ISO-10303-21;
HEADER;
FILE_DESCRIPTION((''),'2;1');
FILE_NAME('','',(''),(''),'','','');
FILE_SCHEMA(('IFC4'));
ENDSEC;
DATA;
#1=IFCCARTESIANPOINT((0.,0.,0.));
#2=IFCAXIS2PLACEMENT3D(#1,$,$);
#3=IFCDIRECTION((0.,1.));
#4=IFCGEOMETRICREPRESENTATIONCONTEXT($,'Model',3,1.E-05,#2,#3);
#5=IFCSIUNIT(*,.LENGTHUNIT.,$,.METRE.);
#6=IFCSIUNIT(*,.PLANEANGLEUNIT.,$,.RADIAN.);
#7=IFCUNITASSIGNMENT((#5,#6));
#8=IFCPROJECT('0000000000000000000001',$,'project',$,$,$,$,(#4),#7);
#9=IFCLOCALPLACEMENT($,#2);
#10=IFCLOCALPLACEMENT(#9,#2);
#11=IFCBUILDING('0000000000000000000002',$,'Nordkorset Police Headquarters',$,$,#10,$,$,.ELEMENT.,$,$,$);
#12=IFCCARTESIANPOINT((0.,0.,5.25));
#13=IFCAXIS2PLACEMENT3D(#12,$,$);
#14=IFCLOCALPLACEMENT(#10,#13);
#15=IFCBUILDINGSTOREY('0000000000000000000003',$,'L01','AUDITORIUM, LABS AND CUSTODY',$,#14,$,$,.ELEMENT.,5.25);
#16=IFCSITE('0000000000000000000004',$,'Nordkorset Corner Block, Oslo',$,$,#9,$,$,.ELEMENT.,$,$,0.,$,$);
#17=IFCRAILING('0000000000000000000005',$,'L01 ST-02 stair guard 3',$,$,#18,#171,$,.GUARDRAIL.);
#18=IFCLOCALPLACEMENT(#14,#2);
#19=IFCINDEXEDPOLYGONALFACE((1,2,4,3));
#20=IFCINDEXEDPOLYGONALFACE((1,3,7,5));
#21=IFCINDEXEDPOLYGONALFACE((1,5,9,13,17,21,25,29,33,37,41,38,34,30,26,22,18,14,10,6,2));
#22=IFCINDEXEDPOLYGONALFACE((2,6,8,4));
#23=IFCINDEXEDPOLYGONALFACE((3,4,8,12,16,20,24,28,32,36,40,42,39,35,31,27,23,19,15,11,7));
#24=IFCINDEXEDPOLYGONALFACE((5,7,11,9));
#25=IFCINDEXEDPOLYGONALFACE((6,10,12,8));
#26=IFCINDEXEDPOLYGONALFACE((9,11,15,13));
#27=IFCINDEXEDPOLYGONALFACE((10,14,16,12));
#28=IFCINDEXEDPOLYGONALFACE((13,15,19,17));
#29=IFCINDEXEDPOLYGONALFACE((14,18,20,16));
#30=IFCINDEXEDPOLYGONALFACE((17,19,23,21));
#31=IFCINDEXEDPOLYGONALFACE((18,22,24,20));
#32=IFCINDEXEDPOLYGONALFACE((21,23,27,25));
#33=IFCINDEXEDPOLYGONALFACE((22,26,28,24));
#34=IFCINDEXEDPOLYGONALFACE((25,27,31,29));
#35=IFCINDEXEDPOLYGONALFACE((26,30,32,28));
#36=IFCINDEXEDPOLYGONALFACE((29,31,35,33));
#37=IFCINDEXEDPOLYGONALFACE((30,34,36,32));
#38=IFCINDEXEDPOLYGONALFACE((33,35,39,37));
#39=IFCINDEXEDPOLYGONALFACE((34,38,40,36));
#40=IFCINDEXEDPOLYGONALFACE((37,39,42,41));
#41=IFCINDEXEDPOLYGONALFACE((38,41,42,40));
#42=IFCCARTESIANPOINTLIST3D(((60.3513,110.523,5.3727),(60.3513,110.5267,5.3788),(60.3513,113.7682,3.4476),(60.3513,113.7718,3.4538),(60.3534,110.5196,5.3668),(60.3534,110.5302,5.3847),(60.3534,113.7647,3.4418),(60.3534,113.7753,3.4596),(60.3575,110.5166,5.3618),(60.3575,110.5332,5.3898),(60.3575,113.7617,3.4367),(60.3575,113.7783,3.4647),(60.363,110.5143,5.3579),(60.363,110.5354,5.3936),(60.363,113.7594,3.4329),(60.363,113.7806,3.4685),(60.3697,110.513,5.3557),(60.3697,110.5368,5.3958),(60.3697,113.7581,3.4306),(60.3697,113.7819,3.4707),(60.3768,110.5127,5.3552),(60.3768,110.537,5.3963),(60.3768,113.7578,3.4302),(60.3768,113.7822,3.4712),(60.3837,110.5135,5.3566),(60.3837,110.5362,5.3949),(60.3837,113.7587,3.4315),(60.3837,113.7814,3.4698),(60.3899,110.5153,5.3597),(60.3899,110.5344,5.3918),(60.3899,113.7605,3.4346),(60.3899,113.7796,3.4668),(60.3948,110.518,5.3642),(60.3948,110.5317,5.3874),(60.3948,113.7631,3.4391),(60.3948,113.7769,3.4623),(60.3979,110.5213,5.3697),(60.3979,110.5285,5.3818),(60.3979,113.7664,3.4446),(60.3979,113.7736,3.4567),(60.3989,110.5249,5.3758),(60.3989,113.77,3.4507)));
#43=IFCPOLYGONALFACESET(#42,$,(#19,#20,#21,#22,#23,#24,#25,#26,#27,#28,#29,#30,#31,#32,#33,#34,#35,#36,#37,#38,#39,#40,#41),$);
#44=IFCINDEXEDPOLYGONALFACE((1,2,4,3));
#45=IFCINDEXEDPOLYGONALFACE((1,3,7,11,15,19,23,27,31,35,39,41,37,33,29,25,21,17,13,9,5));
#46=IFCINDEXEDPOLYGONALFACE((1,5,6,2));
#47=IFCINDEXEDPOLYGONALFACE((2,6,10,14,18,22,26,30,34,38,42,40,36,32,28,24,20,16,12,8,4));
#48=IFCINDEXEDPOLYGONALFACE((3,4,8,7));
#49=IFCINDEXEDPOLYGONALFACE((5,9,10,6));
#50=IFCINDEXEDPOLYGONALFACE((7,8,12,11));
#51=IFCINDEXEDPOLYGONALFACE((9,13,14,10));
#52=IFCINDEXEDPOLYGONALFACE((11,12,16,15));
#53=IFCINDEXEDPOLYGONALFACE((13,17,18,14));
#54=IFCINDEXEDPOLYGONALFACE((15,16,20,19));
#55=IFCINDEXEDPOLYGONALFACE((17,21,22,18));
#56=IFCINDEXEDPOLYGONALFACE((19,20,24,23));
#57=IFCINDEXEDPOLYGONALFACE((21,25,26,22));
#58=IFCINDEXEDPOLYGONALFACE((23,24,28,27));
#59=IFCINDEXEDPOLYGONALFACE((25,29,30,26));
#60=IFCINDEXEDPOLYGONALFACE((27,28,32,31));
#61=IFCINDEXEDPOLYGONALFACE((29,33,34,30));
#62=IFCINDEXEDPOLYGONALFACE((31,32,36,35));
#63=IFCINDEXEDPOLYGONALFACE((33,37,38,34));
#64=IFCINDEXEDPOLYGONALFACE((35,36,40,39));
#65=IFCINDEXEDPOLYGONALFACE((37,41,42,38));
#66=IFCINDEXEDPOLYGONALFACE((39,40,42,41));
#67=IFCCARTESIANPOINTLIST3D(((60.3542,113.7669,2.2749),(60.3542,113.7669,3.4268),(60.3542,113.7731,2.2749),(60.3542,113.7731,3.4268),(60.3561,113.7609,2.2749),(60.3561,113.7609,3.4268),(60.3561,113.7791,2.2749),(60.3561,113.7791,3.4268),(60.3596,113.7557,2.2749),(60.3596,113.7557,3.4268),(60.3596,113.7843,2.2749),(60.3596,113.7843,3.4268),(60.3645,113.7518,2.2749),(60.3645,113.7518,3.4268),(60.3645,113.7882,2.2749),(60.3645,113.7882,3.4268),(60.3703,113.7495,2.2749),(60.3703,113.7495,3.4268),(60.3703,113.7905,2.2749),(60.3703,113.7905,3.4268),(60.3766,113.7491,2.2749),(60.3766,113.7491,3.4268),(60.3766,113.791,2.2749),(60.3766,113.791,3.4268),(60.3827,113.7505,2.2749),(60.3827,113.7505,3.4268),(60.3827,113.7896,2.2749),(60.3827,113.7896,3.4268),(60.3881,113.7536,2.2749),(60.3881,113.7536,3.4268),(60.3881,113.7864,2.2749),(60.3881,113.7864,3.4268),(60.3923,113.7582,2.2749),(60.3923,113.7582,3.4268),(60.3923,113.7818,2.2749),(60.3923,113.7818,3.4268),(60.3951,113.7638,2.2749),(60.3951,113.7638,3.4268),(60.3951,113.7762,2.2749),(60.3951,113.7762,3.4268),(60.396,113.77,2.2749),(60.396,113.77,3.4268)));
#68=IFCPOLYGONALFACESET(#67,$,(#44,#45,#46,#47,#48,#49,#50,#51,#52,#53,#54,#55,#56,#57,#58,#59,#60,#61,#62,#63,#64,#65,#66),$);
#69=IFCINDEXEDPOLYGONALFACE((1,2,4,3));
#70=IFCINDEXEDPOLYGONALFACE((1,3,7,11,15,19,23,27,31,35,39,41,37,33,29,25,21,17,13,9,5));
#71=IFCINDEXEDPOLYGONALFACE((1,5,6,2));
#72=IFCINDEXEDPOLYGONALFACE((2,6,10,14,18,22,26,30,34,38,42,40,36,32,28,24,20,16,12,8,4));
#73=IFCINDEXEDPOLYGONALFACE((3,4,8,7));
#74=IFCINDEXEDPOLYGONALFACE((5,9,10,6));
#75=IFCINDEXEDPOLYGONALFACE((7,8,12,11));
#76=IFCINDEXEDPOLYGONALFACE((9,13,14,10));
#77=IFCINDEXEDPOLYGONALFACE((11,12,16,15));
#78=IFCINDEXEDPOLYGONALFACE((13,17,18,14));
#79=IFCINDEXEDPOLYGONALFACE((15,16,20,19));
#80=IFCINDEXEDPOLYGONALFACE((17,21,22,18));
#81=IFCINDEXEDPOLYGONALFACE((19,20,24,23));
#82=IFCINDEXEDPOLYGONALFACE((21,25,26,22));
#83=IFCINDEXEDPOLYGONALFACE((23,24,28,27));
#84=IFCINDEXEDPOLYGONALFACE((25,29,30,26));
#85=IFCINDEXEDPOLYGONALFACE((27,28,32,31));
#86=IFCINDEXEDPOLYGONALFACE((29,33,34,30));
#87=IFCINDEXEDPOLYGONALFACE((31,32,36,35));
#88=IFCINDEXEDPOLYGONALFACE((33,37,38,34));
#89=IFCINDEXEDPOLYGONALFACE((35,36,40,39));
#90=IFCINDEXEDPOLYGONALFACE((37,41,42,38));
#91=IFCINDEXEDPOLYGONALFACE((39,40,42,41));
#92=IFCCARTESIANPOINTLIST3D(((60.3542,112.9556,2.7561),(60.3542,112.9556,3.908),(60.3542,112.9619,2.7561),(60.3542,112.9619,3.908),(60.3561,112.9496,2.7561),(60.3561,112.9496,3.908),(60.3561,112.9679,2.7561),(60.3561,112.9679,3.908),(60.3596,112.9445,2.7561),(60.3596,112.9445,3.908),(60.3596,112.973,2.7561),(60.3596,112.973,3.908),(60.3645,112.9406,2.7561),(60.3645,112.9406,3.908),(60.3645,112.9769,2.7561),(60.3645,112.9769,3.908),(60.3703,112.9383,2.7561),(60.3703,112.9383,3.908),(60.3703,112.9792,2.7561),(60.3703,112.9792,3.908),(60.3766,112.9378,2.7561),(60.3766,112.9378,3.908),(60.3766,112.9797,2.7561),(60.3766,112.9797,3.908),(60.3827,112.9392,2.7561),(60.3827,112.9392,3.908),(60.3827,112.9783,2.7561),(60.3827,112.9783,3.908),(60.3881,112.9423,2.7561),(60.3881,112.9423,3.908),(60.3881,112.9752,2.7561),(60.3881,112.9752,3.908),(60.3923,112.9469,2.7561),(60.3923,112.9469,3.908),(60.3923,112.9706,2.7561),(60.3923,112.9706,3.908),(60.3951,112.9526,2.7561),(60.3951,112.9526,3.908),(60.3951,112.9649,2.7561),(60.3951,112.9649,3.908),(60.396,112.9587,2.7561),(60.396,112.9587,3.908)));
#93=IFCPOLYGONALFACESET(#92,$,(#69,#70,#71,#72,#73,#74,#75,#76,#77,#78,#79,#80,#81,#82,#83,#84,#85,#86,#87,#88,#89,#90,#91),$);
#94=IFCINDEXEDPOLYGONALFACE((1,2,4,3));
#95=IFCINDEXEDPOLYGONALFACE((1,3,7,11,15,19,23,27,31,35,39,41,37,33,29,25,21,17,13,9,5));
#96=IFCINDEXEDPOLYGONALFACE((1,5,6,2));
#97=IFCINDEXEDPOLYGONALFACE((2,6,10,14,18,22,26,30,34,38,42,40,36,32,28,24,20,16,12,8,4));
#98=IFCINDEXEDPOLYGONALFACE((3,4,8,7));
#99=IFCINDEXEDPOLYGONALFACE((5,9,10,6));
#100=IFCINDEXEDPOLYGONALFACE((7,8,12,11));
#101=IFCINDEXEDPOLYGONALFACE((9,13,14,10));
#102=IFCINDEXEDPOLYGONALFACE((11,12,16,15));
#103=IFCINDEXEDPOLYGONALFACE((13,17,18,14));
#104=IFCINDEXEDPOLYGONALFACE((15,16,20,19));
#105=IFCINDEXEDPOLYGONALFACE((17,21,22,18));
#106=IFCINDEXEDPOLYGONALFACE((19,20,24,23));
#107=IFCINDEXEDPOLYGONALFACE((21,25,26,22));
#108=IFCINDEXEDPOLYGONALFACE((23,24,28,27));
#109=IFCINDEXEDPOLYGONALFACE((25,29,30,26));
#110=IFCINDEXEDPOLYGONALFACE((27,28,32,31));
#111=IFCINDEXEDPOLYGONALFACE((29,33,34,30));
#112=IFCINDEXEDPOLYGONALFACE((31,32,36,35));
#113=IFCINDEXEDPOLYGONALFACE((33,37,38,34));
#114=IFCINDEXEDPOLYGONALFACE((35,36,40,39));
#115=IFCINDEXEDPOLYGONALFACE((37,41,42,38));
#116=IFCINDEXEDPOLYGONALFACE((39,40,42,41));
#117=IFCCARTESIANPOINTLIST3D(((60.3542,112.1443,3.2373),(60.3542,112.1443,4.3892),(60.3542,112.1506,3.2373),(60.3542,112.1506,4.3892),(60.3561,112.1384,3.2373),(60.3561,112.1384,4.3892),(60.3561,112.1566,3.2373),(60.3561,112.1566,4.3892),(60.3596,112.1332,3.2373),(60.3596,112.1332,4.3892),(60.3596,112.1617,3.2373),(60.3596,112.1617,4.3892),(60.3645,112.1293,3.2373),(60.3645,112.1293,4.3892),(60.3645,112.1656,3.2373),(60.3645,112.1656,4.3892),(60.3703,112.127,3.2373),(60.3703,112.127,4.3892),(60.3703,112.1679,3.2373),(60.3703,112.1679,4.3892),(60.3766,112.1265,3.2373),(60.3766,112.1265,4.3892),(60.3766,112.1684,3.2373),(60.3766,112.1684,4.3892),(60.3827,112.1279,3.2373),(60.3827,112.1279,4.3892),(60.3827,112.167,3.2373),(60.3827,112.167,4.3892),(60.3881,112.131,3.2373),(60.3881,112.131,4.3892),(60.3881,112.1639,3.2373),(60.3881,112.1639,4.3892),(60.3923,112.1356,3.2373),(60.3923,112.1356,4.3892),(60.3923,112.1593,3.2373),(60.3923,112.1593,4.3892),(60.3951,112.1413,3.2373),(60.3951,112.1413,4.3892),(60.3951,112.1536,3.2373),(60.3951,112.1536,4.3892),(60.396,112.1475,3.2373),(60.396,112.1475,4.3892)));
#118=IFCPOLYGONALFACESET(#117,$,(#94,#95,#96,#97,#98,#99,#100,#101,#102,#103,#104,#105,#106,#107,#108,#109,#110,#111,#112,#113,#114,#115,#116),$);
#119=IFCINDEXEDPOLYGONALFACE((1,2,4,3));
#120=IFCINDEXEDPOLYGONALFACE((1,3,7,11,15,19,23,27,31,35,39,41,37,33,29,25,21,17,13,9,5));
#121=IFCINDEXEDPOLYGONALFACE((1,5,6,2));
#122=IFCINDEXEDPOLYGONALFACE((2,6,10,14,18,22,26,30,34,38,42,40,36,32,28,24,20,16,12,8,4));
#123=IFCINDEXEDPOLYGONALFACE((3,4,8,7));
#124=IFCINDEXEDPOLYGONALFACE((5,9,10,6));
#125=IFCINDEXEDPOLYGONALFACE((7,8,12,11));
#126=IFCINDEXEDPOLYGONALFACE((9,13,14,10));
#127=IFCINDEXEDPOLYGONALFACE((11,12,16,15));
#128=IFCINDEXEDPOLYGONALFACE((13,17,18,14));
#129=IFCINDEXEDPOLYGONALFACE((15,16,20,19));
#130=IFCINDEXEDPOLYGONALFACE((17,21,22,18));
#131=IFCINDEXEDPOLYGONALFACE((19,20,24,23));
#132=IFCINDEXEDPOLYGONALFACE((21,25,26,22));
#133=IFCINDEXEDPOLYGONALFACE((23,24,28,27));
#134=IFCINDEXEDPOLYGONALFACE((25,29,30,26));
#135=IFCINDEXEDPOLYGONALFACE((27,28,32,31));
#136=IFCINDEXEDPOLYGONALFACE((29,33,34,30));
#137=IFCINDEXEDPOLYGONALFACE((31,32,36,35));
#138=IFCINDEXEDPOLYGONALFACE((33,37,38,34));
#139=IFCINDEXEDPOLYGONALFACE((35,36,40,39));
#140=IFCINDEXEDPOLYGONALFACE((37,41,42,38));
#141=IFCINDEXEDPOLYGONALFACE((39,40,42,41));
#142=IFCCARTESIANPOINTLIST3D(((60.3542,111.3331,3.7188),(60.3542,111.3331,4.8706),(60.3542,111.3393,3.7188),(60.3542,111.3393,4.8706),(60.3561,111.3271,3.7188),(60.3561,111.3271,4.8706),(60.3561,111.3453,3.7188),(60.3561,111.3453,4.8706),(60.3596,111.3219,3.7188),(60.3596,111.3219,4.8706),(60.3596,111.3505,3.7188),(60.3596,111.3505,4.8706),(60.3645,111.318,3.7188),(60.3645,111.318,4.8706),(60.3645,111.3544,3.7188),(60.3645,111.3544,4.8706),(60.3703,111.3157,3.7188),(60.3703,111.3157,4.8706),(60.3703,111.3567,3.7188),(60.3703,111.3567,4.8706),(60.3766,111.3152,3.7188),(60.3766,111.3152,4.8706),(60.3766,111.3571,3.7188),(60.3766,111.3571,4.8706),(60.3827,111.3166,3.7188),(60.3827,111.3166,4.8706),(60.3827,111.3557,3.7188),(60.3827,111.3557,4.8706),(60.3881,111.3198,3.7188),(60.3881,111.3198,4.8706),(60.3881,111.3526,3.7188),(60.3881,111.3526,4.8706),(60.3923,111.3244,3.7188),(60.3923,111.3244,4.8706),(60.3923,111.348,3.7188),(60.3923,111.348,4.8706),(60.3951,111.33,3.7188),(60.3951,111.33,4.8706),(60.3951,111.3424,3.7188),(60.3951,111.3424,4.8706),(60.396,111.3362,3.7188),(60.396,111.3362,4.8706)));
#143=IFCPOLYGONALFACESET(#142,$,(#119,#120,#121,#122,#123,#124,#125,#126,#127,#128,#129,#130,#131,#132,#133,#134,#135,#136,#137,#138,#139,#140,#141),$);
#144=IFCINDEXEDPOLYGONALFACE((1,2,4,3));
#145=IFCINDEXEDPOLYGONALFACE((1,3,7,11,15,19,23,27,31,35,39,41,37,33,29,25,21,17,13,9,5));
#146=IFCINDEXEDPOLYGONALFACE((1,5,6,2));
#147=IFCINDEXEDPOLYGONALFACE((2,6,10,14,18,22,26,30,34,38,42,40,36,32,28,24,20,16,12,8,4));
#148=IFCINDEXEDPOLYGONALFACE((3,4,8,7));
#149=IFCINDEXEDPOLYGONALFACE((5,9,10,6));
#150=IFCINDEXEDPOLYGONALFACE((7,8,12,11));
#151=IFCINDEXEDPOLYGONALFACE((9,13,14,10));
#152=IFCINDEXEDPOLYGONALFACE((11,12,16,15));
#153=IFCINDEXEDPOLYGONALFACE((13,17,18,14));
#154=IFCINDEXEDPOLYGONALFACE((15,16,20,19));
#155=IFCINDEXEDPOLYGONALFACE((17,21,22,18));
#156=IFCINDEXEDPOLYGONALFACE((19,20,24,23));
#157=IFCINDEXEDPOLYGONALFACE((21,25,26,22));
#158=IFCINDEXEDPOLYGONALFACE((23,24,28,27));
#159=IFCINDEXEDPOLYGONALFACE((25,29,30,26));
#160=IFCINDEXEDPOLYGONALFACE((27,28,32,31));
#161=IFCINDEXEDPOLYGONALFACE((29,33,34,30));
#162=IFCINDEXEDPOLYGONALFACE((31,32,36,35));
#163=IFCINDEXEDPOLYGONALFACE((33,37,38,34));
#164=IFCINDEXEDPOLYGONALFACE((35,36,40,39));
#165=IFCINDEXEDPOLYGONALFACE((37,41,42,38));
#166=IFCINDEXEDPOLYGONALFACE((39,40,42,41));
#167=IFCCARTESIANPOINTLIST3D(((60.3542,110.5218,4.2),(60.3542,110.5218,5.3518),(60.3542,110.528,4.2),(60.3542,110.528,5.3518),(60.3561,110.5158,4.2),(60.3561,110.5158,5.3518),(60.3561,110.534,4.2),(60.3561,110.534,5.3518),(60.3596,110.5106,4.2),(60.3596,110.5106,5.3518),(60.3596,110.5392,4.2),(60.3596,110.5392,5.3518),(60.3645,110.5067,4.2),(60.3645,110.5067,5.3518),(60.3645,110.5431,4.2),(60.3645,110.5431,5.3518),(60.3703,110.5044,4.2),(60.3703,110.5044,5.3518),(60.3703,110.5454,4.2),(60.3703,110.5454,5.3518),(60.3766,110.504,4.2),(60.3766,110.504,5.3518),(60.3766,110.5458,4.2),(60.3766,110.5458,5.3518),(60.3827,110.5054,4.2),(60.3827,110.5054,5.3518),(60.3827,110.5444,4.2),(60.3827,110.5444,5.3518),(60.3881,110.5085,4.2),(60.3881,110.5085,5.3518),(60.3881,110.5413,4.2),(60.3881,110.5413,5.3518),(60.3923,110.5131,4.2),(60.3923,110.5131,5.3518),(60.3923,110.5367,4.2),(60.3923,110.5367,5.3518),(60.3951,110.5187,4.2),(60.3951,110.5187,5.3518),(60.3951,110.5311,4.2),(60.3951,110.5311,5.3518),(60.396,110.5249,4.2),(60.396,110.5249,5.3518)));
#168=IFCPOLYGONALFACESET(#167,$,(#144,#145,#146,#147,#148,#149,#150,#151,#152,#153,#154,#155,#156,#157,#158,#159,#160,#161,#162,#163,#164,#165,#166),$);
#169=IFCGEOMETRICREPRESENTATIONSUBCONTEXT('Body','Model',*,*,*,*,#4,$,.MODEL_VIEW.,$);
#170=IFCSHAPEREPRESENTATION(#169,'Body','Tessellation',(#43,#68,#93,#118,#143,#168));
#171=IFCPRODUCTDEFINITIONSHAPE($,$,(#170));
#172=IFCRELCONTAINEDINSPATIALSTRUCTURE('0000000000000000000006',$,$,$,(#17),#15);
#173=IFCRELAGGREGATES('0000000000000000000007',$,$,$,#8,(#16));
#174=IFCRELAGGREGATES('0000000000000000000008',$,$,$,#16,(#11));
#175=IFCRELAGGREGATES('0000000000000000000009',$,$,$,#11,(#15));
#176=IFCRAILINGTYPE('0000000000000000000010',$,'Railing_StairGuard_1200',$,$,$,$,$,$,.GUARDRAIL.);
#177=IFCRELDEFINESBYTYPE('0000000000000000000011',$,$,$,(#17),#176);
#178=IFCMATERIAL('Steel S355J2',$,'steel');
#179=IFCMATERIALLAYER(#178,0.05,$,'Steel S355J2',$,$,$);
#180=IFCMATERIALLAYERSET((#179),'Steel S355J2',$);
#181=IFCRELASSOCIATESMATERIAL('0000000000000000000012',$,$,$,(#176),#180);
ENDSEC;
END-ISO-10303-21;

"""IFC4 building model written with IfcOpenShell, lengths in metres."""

from ifc_helpers import new_model, si_unit, direction, frame, origin, origin_2d, place, context, subcontext, project, spatial, circle, extrude, material, layer, layer_set, type_object, element, save


model = new_model("IFC4")

# Units and contexts
model_context = context("Model", 3, precision=1e-05, world=origin(), true_north=direction((0.0, 1.0)))
body_context = subcontext(model_context, "Body", "Model", "MODEL_VIEW")
ifc_project = project(units=[si_unit("LENGTHUNIT", "METRE"), si_unit("PLANEANGLEUNIT", "RADIAN")], contexts=[model_context])

# Site, building, storey
site_placement = place(None, origin())
site = spatial("IfcSite", under=ifc_project, at=site_placement, Name="Nordkorset Corner Block, Oslo", CompositionType="ELEMENT", RefElevation=0.0)
building_placement = place(site_placement, origin())
building = spatial("IfcBuilding", under=site, at=building_placement, Name="Nordkorset Police Headquarters", CompositionType="ELEMENT")
storey_placement = place(building_placement, frame((0.0, 0.0, 5.25)))
storey = spatial("IfcBuildingStorey", under=building, at=storey_placement, Name="L01", Description="AUDITORIUM, LABS AND CUSTODY", CompositionType="ELEMENT", Elevation=5.25)

# Railing
ifc_material_1 = material(Name="Steel S355J2", Category="steel")
ifc_layer_1 = layer(ifc_material_1, 0.05, Name="Steel S355J2")
ifc_layer_set_1 = layer_set([ifc_layer_1], Name="Steel S355J2")
railing_type_1 = type_object("IfcRailingType", Name="Railing_StairGuard_1200", PredefinedType="GUARDRAIL", material=ifc_layer_set_1)
railing_1_placement = place(storey_placement, frame((60.375, 113.77, 2.2749)))
element("IfcRailing", 1, at=railing_1_placement, inside=storey, type_object=railing_type_1, Name="L01 ST-02 stair guard 3", PredefinedType="GUARDRAIL", context=body_context, shape_type="SweptSolid", body=[
    extrude(circle(Radius=0.0239, at=origin_2d()), frame((0.0, 0.0, 1.1758), z_axis=(0.0, -0.860057, 0.510198), x_axis=(1.0, 0.0, 0.0)), (0.0, 0.0, 1.0), 3.7732),
    extrude(circle(Radius=0.021, at=origin_2d()), origin(), (0.0, 0.0, 1.0), 1.1519),
    extrude(circle(Radius=0.021, at=origin_2d()), frame((0.0, -0.8113, 0.4812)), (0.0, 0.0, 1.0), 1.1519),
    extrude(circle(Radius=0.021, at=origin_2d()), frame((0.0, -1.6226, 0.9624)), (0.0, 0.0, 1.0), 1.1519),
    extrude(circle(Radius=0.021, at=origin_2d()), frame((0.0, -2.4338, 1.4438)), (0.0, 0.0, 1.0), 1.1519),
    extrude(circle(Radius=0.021, at=origin_2d()), frame((0.0, -3.2451, 1.925)), (0.0, 0.0, 1.0), 1.1519),
])

save(model, "model.ifc")
